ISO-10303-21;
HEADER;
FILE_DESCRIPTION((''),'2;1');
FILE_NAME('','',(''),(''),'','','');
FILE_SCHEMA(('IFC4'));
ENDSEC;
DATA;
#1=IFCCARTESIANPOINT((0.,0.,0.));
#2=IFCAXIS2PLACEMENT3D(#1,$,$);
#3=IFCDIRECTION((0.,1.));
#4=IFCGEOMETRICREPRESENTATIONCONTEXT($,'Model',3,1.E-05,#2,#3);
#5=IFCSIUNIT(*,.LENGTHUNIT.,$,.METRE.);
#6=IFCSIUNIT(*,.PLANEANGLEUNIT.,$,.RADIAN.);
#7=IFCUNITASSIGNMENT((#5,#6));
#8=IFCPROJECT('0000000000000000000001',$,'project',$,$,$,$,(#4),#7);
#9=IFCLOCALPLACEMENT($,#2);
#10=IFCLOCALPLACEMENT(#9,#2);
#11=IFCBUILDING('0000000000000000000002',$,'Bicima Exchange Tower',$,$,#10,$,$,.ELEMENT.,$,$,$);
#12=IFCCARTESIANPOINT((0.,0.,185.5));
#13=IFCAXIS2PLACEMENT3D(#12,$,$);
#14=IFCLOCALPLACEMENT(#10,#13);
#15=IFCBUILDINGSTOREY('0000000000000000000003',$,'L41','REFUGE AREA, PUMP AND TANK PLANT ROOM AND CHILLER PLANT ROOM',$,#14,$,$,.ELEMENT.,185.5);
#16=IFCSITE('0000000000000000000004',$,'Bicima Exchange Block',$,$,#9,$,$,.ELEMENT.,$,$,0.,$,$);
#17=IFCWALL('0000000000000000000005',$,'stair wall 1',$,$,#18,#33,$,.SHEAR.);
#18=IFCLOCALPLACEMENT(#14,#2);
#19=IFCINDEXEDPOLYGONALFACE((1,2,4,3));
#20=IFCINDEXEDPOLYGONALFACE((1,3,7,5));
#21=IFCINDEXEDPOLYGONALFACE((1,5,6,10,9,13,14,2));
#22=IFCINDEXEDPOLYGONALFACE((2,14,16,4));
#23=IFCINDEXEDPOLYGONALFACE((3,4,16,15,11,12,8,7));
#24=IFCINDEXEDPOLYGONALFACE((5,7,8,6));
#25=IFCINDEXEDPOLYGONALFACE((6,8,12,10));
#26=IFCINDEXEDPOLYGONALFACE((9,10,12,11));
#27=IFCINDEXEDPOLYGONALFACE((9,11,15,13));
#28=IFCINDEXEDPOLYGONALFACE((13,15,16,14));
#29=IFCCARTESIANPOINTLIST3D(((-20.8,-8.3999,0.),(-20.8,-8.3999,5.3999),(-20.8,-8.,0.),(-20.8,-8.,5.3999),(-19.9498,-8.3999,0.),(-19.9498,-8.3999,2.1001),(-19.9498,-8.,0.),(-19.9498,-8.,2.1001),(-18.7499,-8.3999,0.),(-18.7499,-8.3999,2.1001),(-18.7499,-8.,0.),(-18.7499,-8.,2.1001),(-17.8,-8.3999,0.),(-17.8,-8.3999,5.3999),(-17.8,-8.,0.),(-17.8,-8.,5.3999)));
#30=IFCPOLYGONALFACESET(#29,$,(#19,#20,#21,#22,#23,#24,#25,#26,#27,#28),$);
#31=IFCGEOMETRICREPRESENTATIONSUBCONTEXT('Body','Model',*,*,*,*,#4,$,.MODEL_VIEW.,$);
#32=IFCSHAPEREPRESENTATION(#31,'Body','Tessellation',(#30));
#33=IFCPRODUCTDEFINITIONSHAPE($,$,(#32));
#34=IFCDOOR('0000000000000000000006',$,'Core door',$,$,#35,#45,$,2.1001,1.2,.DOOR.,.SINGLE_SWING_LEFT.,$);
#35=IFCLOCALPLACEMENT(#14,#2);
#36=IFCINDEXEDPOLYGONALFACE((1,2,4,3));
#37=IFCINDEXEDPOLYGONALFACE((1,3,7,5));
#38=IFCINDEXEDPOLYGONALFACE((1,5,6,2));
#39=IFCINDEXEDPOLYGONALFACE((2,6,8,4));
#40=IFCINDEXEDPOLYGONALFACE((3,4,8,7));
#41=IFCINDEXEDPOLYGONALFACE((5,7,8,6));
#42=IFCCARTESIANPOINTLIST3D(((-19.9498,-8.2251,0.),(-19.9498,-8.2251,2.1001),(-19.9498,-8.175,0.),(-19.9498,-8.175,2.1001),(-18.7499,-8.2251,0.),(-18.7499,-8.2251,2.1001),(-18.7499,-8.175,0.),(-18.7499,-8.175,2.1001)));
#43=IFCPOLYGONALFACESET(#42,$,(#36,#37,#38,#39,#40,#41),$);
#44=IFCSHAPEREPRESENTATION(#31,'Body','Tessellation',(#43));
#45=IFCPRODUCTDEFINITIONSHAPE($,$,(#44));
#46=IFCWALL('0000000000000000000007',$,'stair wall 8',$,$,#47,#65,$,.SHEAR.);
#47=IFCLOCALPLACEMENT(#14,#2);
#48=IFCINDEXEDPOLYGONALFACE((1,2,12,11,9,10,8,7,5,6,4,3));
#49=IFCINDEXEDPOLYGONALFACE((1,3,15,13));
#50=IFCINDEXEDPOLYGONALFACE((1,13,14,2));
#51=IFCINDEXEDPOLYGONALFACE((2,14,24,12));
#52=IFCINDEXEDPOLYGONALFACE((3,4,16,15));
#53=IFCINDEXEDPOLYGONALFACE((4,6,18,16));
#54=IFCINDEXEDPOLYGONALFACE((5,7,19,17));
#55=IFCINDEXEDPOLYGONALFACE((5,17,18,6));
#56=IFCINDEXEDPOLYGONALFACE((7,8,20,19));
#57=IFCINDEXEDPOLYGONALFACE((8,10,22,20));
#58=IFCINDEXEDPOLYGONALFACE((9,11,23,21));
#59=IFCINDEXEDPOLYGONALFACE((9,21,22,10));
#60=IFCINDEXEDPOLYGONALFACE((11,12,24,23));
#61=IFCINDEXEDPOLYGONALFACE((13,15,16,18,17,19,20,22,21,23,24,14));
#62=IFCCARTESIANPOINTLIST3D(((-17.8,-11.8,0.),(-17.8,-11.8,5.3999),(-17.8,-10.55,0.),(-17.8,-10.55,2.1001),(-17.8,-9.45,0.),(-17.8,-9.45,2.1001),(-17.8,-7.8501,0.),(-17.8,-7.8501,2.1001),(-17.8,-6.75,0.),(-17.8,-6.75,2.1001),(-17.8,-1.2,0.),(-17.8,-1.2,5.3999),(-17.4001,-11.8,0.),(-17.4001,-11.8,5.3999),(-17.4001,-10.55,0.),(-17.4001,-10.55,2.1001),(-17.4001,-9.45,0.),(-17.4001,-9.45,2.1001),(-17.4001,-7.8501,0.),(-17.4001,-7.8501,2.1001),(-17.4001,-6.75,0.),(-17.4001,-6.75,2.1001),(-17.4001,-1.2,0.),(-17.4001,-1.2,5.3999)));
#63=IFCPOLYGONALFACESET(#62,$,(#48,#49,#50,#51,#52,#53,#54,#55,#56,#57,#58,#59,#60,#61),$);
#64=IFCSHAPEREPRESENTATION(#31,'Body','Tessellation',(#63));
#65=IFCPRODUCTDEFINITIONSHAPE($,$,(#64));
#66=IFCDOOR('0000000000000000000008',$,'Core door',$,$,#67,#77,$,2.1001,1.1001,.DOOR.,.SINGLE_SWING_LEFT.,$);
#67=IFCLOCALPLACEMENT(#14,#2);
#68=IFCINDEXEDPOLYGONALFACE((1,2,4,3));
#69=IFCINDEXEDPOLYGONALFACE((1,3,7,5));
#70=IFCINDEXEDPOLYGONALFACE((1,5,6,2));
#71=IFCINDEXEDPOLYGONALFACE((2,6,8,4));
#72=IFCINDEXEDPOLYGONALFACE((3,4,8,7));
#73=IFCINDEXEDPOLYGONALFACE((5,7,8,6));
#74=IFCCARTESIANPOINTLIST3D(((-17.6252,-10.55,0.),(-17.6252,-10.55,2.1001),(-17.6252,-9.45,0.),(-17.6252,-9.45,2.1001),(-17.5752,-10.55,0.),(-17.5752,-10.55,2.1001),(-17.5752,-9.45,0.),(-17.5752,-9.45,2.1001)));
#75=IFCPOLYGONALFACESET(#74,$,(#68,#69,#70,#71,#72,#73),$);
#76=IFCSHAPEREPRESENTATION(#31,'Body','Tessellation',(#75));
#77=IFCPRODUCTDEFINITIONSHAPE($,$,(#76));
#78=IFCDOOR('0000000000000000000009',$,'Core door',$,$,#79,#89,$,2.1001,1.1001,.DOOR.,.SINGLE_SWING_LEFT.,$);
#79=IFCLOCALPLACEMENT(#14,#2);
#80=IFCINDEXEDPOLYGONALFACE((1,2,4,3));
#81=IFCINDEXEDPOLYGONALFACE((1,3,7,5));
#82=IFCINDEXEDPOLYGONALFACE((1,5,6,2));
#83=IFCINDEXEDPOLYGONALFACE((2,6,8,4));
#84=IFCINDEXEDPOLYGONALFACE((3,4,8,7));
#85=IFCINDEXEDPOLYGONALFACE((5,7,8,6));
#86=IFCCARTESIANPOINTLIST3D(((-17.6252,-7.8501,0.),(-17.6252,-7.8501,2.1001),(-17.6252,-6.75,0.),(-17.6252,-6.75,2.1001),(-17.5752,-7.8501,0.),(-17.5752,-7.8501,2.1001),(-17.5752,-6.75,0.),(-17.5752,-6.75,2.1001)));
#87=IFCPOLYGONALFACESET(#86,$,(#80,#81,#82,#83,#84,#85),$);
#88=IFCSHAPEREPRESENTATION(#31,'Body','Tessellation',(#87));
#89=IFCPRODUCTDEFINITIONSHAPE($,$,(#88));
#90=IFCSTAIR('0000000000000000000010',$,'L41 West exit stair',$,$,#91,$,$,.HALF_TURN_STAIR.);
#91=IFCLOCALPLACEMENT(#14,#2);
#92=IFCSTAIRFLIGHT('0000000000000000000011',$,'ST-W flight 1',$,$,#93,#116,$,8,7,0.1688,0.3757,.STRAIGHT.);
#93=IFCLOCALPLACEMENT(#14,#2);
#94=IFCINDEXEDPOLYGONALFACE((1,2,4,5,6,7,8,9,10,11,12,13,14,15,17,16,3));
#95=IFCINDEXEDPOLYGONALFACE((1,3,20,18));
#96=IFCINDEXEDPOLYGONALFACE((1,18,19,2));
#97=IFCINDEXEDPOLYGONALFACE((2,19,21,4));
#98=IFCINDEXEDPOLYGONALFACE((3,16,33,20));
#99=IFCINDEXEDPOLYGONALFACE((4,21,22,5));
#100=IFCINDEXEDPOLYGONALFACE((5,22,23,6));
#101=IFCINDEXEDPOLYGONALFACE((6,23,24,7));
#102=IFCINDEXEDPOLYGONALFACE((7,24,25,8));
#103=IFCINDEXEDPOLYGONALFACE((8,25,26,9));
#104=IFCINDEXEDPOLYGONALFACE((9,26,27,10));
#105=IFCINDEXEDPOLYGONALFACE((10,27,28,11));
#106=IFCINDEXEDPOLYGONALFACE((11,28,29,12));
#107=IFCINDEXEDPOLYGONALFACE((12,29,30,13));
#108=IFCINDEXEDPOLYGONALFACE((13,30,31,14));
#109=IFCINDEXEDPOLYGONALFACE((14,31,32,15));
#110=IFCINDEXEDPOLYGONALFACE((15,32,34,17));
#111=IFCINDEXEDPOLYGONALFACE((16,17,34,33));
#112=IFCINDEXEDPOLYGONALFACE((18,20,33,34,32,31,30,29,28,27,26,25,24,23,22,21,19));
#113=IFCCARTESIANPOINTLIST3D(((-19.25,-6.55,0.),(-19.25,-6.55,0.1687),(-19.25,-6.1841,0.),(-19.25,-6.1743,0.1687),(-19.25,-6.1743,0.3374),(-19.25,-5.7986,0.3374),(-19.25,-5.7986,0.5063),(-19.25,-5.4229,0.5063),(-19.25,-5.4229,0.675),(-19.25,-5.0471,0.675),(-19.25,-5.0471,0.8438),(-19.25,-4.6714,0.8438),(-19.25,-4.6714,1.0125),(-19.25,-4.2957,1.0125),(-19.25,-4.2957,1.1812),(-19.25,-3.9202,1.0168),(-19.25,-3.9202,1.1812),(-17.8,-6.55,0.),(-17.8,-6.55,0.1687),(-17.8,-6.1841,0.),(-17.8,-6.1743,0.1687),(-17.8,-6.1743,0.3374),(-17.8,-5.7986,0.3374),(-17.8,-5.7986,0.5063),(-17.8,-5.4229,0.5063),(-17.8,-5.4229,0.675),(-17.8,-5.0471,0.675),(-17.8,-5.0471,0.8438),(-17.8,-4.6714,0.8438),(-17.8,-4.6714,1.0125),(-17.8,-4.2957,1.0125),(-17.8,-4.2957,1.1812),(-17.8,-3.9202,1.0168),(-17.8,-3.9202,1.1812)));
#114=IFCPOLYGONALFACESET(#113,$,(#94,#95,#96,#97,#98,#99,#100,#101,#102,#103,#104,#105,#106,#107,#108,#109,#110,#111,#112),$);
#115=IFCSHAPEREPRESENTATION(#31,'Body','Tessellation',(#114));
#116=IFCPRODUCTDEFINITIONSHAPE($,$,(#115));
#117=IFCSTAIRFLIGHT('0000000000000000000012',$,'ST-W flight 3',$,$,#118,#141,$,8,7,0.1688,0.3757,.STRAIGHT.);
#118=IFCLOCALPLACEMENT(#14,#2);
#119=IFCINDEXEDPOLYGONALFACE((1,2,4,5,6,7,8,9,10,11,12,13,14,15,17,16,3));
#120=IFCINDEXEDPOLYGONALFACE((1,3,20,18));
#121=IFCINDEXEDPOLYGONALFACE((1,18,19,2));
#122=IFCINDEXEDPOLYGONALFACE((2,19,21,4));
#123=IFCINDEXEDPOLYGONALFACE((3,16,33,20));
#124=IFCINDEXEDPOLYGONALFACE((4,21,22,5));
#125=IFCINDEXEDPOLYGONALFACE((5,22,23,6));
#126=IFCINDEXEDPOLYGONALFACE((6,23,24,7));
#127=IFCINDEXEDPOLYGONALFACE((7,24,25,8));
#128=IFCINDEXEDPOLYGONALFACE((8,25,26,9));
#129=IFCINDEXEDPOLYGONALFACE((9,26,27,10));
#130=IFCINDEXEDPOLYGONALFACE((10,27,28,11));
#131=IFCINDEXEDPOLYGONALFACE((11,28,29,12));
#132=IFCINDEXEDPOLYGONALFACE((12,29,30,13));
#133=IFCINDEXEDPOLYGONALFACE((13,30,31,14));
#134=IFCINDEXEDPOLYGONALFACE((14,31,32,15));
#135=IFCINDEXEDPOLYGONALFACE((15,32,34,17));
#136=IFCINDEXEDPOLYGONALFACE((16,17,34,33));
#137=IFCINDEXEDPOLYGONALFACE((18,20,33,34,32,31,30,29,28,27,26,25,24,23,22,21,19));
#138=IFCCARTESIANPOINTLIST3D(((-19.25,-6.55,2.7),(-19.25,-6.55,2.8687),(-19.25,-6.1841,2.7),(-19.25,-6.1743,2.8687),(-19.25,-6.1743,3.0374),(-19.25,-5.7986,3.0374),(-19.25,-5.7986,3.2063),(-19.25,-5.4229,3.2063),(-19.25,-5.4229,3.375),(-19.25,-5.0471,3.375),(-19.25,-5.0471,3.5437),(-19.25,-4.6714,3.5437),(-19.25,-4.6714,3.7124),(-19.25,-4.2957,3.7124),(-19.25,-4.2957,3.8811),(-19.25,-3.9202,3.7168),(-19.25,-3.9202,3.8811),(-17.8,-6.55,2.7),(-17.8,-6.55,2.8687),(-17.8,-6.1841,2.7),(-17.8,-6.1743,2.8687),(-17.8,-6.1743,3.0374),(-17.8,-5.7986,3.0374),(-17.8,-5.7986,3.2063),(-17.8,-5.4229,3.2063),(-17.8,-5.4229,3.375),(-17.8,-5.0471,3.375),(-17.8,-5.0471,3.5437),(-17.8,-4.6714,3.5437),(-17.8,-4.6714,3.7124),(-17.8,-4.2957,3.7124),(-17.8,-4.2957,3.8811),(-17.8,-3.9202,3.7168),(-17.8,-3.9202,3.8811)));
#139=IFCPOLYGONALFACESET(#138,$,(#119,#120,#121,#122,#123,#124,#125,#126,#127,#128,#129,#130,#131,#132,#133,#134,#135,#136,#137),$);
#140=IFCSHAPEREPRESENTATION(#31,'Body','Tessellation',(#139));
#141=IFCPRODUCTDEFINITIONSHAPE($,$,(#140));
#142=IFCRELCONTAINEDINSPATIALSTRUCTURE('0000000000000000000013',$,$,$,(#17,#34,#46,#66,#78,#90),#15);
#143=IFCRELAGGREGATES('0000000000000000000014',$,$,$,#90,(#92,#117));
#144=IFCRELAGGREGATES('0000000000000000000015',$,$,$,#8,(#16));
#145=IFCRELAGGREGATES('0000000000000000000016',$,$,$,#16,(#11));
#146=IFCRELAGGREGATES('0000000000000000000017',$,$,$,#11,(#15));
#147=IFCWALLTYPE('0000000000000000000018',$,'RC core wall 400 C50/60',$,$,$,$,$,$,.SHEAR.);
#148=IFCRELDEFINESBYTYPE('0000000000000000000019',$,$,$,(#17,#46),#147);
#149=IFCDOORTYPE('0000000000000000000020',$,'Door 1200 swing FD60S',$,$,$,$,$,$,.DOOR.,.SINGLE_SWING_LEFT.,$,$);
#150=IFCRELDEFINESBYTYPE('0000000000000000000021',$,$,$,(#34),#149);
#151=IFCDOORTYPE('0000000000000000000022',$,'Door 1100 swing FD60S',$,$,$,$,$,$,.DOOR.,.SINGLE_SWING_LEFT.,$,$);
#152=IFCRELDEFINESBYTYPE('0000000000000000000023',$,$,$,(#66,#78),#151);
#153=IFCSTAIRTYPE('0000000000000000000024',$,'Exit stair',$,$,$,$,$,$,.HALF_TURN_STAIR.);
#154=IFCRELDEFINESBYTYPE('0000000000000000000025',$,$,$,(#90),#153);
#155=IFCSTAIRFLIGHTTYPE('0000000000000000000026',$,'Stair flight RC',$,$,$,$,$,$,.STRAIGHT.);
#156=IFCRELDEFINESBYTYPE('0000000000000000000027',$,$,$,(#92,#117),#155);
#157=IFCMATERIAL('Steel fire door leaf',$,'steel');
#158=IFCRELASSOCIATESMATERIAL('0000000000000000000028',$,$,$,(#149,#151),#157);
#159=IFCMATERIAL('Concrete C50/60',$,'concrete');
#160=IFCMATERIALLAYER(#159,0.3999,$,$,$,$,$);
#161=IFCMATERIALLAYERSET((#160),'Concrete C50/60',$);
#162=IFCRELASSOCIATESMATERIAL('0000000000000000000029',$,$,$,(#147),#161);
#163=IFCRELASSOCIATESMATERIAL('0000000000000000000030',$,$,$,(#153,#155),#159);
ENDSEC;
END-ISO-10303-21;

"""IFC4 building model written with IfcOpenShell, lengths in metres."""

from ifc_helpers import new_model, si_unit, direction, frame, frame_2d, origin, place, context, subcontext, project, spatial, polyline, rectangle, outline, extrude, material, layer, layer_set, type_object, element, fill, aggregate, save


model = new_model("IFC4")

# Units and contexts
model_context = context("Model", 3, precision=1e-05, world=origin(), true_north=direction((0.0, 1.0)))
body_context = subcontext(model_context, "Body", "Model", "MODEL_VIEW")
ifc_project = project(units=[si_unit("LENGTHUNIT", "METRE"), si_unit("PLANEANGLEUNIT", "RADIAN")], contexts=[model_context])

# Site, building, storey
site_placement = place(None, origin())
site = spatial("IfcSite", under=ifc_project, at=site_placement, Name="Bicima Exchange Block", CompositionType="ELEMENT", RefElevation=0.0)
building_placement = place(site_placement, origin())
building = spatial("IfcBuilding", under=site, at=building_placement, Name="Bicima Exchange Tower", CompositionType="ELEMENT")
storey_placement = place(building_placement, frame((0.0, 0.0, 185.5)))
storey = spatial("IfcBuildingStorey", under=building, at=storey_placement, Name="L41", Description="REFUGE AREA, PUMP AND TANK PLANT ROOM AND CHILLER PLANT ROOM", CompositionType="ELEMENT", Elevation=185.5)

# Shared definitions
ifc_material_1 = material(Name="Steel fire door leaf", Category="steel")

# Shared definitions
ifc_material_2 = material(Name="Concrete C50/60", Category="concrete")
door_type_1 = type_object("IfcDoorType", Name="Door 1200 swing FD60S", OperationType="SINGLE_SWING_LEFT", PredefinedType="DOOR", material=ifc_material_1)

# Wall, opening, door
ifc_layer_1 = layer(ifc_material_2, 0.3999)
ifc_layer_set_1 = layer_set([ifc_layer_1], Name="Concrete C50/60")
wall_type_1 = type_object("IfcWallType", Name="RC core wall 400 C50/60", PredefinedType="SHEAR", material=ifc_layer_set_1)
wall_1_placement = place(storey_placement, frame((-20.8, -8.2, 0.0), z_axis=(0.0, 0.0, 1.0), x_axis=(1.0, 0.0, 0.0)))
wall_1 = element("IfcWall", 1, at=wall_1_placement, inside=storey, type_object=wall_type_1, Name="stair wall 1", PredefinedType="SHEAR", context=body_context, shape_type="SweptSolid", body=[
    extrude(rectangle(XDim=3.0, YDim=0.3999, at=frame_2d((1.5, 0.0))), origin(), (0.0, 0.0, 1.0), 5.3999),
])
opening_1_placement = place(wall_1_placement, frame((0.8501, 0.0, 0.0)))
opening_1 = element("IfcOpeningElement", 2, at=opening_1_placement, cuts=wall_1, PredefinedType="OPENING", context=body_context, shape_type="SweptSolid", body=[
    extrude(rectangle(XDim=1.2, YDim=2.1001, at=frame_2d((0.6001, 1.05))), frame((0.0, 0.2119, 0.0), z_axis=(0.0, -1.0, 0.0), x_axis=(1.0, 0.0, 0.0)), (0.0, 0.0, 1.0), 0.4238),
])
door_1_placement = place(opening_1_placement, origin())
door_1 = element("IfcDoor", 3, at=door_1_placement, inside=storey, type_object=door_type_1, Name="Core door", OperationType="SINGLE_SWING_LEFT", OverallHeight=2.1001, OverallWidth=1.2, PredefinedType="DOOR", context=body_context, shape_type="SweptSolid", body=[
    extrude(rectangle(XDim=1.2, YDim=2.1001, at=frame_2d((0.6001, 1.05))), frame((0.0, 0.0249, 0.0), z_axis=(0.0, -1.0, 0.0), x_axis=(1.0, 0.0, 0.0)), (0.0, 0.0, 1.0), 0.05),
])
fill(opening_1, door_1)

# Wall, openings, doors
wall_2_placement = place(storey_placement, frame((-17.6001, -11.8, 0.0), z_axis=(0.0, 0.0, 1.0), x_axis=(0.0, 1.0, 0.0)))
wall_2 = element("IfcWall", 4, at=wall_2_placement, inside=storey, type_object=wall_type_1, Name="stair wall 8", PredefinedType="SHEAR", context=body_context, shape_type="SweptSolid", body=[
    extrude(rectangle(XDim=10.6001, YDim=0.3999, at=frame_2d((5.3, 0.0))), origin(), (0.0, 0.0, 1.0), 5.3999),
])
opening_2_placement = place(wall_2_placement, frame((1.25, 0.0, 0.0)))
opening_2 = element("IfcOpeningElement", 5, at=opening_2_placement, cuts=wall_2, PredefinedType="OPENING", context=body_context, shape_type="SweptSolid", body=[
    extrude(rectangle(XDim=1.1001, YDim=2.1001, at=frame_2d((0.55, 1.05))), frame((0.0, 0.2119, 0.0), z_axis=(0.0, -1.0, 0.0), x_axis=(1.0, 0.0, 0.0)), (0.0, 0.0, 1.0), 0.4238),
])
opening_3_placement = place(wall_2_placement, frame((3.95, 0.0, 0.0)))
opening_3 = element("IfcOpeningElement", 6, at=opening_3_placement, cuts=wall_2, PredefinedType="OPENING", context=body_context, shape_type="SweptSolid", body=[
    extrude(rectangle(XDim=1.1001, YDim=2.1001, at=frame_2d((0.55, 1.05))), frame((0.0, 0.2119, 0.0), z_axis=(0.0, -1.0, 0.0), x_axis=(1.0, 0.0, 0.0)), (0.0, 0.0, 1.0), 0.4238),
])
door_type_2 = type_object("IfcDoorType", Name="Door 1100 swing FD60S", OperationType="SINGLE_SWING_LEFT", PredefinedType="DOOR", material=ifc_material_1)
door_2_placement = place(opening_2_placement, frame((1.1001, 0.0, 0.0), z_axis=(0.0, 0.0, 1.0), x_axis=(-1.0, 0.0, 0.0)))
door_2 = element("IfcDoor", 7, at=door_2_placement, inside=storey, type_object=door_type_2, Name="Core door", OperationType="SINGLE_SWING_LEFT", OverallHeight=2.1001, OverallWidth=1.1001, PredefinedType="DOOR", context=body_context, shape_type="SweptSolid", body=[
    extrude(rectangle(XDim=1.1001, YDim=2.1001, at=frame_2d((0.55, 1.05))), frame((0.0, 0.0249, 0.0), z_axis=(0.0, -1.0, 0.0), x_axis=(1.0, 0.0, 0.0)), (0.0, 0.0, 1.0), 0.05),
])
fill(opening_2, door_2)
door_3_placement = place(opening_3_placement, frame((1.1001, 0.0, 0.0), z_axis=(0.0, 0.0, 1.0), x_axis=(-1.0, 0.0, 0.0)))
door_3 = element("IfcDoor", 8, at=door_3_placement, inside=storey, type_object=door_type_2, Name="Core door", OperationType="SINGLE_SWING_LEFT", OverallHeight=2.1001, OverallWidth=1.1001, PredefinedType="DOOR", context=body_context, shape_type="SweptSolid", body=[
    extrude(rectangle(XDim=1.1001, YDim=2.1001, at=frame_2d((0.55, 1.05))), frame((0.0, 0.0249, 0.0), z_axis=(0.0, -1.0, 0.0), x_axis=(1.0, 0.0, 0.0)), (0.0, 0.0, 1.0), 0.05),
])
fill(opening_3, door_3)

# Stair, stair flights
stair_type = type_object("IfcStairType", Name="Exit stair", PredefinedType="HALF_TURN_STAIR", material=ifc_material_2)
stair_placement = place(storey_placement, origin())
stair = element("IfcStair", 9, at=stair_placement, inside=storey, type_object=stair_type, Name="L41 West exit stair", PredefinedType="HALF_TURN_STAIR")
stair_flight_type = type_object("IfcStairFlightType", Name="Stair flight RC", PredefinedType="STRAIGHT", material=ifc_material_2)
stair_flight_1_placement = place(storey_placement, frame((-18.5249, -6.55, 0.0), z_axis=(0.0, 0.0, 1.0), x_axis=(0.0, 1.0, 0.0)))
stair_flight_1 = element("IfcStairFlight", 10, at=stair_flight_1_placement, type_object=stair_flight_type, Name="ST-W flight 1", NumberOfRisers=8, NumberOfTreads=7, PredefinedType="STRAIGHT", RiserHeight=0.1688, TreadLength=0.3757, context=body_context, shape_type="SweptSolid", body=[
    extrude(outline(polyline([(0.0, 0.0), (0.0, 0.1687), (0.3757, 0.1687), (0.3757, 0.3374), (0.7515, 0.3374), (0.7515, 0.5063), (1.1272, 0.5063), (1.1272, 0.675), (1.5029, 0.675), (1.5029, 0.8438), (1.8787, 0.8438), (1.8787, 1.0125), (2.2544, 1.0125), (2.2544, 1.1812), (2.6299, 1.1812), (2.6299, 1.3501), (2.6299, 1.0168), (0.366, 0.0), (0.0, 0.0)])), frame((0.0, 0.7251, 0.0), z_axis=(0.0, -1.0, 0.0), x_axis=(1.0, 0.0, 0.0)), (0.0, 0.0, 1.0), 1.45),
])
stair_flight_2_placement = place(storey_placement, frame((-18.5249, -6.55, 2.7), z_axis=(0.0, 0.0, 1.0), x_axis=(0.0, 1.0, 0.0)))
stair_flight_2 = element("IfcStairFlight", 11, at=stair_flight_2_placement, type_object=stair_flight_type, Name="ST-W flight 3", NumberOfRisers=8, NumberOfTreads=7, PredefinedType="STRAIGHT", RiserHeight=0.1688, TreadLength=0.3757, context=body_context, shape_type="SweptSolid", body=[
    extrude(outline(polyline([(0.0, 0.0), (0.0, 0.1687), (0.3757, 0.1687), (0.3757, 0.3374), (0.7515, 0.3374), (0.7515, 0.5063), (1.1272, 0.5063), (1.1272, 0.675), (1.5029, 0.675), (1.5029, 0.8438), (1.8787, 0.8438), (1.8787, 1.0125), (2.2544, 1.0125), (2.2544, 1.1812), (2.6299, 1.1812), (2.6299, 1.3501), (2.6299, 1.0168), (0.366, 0.0), (0.0, 0.0)])), frame((0.0, 0.7251, 0.0), z_axis=(0.0, -1.0, 0.0), x_axis=(1.0, 0.0, 0.0)), (0.0, 0.0, 1.0), 1.45),
])
aggregate(stair, [stair_flight_1, stair_flight_2])

save(model, "model.ifc")
